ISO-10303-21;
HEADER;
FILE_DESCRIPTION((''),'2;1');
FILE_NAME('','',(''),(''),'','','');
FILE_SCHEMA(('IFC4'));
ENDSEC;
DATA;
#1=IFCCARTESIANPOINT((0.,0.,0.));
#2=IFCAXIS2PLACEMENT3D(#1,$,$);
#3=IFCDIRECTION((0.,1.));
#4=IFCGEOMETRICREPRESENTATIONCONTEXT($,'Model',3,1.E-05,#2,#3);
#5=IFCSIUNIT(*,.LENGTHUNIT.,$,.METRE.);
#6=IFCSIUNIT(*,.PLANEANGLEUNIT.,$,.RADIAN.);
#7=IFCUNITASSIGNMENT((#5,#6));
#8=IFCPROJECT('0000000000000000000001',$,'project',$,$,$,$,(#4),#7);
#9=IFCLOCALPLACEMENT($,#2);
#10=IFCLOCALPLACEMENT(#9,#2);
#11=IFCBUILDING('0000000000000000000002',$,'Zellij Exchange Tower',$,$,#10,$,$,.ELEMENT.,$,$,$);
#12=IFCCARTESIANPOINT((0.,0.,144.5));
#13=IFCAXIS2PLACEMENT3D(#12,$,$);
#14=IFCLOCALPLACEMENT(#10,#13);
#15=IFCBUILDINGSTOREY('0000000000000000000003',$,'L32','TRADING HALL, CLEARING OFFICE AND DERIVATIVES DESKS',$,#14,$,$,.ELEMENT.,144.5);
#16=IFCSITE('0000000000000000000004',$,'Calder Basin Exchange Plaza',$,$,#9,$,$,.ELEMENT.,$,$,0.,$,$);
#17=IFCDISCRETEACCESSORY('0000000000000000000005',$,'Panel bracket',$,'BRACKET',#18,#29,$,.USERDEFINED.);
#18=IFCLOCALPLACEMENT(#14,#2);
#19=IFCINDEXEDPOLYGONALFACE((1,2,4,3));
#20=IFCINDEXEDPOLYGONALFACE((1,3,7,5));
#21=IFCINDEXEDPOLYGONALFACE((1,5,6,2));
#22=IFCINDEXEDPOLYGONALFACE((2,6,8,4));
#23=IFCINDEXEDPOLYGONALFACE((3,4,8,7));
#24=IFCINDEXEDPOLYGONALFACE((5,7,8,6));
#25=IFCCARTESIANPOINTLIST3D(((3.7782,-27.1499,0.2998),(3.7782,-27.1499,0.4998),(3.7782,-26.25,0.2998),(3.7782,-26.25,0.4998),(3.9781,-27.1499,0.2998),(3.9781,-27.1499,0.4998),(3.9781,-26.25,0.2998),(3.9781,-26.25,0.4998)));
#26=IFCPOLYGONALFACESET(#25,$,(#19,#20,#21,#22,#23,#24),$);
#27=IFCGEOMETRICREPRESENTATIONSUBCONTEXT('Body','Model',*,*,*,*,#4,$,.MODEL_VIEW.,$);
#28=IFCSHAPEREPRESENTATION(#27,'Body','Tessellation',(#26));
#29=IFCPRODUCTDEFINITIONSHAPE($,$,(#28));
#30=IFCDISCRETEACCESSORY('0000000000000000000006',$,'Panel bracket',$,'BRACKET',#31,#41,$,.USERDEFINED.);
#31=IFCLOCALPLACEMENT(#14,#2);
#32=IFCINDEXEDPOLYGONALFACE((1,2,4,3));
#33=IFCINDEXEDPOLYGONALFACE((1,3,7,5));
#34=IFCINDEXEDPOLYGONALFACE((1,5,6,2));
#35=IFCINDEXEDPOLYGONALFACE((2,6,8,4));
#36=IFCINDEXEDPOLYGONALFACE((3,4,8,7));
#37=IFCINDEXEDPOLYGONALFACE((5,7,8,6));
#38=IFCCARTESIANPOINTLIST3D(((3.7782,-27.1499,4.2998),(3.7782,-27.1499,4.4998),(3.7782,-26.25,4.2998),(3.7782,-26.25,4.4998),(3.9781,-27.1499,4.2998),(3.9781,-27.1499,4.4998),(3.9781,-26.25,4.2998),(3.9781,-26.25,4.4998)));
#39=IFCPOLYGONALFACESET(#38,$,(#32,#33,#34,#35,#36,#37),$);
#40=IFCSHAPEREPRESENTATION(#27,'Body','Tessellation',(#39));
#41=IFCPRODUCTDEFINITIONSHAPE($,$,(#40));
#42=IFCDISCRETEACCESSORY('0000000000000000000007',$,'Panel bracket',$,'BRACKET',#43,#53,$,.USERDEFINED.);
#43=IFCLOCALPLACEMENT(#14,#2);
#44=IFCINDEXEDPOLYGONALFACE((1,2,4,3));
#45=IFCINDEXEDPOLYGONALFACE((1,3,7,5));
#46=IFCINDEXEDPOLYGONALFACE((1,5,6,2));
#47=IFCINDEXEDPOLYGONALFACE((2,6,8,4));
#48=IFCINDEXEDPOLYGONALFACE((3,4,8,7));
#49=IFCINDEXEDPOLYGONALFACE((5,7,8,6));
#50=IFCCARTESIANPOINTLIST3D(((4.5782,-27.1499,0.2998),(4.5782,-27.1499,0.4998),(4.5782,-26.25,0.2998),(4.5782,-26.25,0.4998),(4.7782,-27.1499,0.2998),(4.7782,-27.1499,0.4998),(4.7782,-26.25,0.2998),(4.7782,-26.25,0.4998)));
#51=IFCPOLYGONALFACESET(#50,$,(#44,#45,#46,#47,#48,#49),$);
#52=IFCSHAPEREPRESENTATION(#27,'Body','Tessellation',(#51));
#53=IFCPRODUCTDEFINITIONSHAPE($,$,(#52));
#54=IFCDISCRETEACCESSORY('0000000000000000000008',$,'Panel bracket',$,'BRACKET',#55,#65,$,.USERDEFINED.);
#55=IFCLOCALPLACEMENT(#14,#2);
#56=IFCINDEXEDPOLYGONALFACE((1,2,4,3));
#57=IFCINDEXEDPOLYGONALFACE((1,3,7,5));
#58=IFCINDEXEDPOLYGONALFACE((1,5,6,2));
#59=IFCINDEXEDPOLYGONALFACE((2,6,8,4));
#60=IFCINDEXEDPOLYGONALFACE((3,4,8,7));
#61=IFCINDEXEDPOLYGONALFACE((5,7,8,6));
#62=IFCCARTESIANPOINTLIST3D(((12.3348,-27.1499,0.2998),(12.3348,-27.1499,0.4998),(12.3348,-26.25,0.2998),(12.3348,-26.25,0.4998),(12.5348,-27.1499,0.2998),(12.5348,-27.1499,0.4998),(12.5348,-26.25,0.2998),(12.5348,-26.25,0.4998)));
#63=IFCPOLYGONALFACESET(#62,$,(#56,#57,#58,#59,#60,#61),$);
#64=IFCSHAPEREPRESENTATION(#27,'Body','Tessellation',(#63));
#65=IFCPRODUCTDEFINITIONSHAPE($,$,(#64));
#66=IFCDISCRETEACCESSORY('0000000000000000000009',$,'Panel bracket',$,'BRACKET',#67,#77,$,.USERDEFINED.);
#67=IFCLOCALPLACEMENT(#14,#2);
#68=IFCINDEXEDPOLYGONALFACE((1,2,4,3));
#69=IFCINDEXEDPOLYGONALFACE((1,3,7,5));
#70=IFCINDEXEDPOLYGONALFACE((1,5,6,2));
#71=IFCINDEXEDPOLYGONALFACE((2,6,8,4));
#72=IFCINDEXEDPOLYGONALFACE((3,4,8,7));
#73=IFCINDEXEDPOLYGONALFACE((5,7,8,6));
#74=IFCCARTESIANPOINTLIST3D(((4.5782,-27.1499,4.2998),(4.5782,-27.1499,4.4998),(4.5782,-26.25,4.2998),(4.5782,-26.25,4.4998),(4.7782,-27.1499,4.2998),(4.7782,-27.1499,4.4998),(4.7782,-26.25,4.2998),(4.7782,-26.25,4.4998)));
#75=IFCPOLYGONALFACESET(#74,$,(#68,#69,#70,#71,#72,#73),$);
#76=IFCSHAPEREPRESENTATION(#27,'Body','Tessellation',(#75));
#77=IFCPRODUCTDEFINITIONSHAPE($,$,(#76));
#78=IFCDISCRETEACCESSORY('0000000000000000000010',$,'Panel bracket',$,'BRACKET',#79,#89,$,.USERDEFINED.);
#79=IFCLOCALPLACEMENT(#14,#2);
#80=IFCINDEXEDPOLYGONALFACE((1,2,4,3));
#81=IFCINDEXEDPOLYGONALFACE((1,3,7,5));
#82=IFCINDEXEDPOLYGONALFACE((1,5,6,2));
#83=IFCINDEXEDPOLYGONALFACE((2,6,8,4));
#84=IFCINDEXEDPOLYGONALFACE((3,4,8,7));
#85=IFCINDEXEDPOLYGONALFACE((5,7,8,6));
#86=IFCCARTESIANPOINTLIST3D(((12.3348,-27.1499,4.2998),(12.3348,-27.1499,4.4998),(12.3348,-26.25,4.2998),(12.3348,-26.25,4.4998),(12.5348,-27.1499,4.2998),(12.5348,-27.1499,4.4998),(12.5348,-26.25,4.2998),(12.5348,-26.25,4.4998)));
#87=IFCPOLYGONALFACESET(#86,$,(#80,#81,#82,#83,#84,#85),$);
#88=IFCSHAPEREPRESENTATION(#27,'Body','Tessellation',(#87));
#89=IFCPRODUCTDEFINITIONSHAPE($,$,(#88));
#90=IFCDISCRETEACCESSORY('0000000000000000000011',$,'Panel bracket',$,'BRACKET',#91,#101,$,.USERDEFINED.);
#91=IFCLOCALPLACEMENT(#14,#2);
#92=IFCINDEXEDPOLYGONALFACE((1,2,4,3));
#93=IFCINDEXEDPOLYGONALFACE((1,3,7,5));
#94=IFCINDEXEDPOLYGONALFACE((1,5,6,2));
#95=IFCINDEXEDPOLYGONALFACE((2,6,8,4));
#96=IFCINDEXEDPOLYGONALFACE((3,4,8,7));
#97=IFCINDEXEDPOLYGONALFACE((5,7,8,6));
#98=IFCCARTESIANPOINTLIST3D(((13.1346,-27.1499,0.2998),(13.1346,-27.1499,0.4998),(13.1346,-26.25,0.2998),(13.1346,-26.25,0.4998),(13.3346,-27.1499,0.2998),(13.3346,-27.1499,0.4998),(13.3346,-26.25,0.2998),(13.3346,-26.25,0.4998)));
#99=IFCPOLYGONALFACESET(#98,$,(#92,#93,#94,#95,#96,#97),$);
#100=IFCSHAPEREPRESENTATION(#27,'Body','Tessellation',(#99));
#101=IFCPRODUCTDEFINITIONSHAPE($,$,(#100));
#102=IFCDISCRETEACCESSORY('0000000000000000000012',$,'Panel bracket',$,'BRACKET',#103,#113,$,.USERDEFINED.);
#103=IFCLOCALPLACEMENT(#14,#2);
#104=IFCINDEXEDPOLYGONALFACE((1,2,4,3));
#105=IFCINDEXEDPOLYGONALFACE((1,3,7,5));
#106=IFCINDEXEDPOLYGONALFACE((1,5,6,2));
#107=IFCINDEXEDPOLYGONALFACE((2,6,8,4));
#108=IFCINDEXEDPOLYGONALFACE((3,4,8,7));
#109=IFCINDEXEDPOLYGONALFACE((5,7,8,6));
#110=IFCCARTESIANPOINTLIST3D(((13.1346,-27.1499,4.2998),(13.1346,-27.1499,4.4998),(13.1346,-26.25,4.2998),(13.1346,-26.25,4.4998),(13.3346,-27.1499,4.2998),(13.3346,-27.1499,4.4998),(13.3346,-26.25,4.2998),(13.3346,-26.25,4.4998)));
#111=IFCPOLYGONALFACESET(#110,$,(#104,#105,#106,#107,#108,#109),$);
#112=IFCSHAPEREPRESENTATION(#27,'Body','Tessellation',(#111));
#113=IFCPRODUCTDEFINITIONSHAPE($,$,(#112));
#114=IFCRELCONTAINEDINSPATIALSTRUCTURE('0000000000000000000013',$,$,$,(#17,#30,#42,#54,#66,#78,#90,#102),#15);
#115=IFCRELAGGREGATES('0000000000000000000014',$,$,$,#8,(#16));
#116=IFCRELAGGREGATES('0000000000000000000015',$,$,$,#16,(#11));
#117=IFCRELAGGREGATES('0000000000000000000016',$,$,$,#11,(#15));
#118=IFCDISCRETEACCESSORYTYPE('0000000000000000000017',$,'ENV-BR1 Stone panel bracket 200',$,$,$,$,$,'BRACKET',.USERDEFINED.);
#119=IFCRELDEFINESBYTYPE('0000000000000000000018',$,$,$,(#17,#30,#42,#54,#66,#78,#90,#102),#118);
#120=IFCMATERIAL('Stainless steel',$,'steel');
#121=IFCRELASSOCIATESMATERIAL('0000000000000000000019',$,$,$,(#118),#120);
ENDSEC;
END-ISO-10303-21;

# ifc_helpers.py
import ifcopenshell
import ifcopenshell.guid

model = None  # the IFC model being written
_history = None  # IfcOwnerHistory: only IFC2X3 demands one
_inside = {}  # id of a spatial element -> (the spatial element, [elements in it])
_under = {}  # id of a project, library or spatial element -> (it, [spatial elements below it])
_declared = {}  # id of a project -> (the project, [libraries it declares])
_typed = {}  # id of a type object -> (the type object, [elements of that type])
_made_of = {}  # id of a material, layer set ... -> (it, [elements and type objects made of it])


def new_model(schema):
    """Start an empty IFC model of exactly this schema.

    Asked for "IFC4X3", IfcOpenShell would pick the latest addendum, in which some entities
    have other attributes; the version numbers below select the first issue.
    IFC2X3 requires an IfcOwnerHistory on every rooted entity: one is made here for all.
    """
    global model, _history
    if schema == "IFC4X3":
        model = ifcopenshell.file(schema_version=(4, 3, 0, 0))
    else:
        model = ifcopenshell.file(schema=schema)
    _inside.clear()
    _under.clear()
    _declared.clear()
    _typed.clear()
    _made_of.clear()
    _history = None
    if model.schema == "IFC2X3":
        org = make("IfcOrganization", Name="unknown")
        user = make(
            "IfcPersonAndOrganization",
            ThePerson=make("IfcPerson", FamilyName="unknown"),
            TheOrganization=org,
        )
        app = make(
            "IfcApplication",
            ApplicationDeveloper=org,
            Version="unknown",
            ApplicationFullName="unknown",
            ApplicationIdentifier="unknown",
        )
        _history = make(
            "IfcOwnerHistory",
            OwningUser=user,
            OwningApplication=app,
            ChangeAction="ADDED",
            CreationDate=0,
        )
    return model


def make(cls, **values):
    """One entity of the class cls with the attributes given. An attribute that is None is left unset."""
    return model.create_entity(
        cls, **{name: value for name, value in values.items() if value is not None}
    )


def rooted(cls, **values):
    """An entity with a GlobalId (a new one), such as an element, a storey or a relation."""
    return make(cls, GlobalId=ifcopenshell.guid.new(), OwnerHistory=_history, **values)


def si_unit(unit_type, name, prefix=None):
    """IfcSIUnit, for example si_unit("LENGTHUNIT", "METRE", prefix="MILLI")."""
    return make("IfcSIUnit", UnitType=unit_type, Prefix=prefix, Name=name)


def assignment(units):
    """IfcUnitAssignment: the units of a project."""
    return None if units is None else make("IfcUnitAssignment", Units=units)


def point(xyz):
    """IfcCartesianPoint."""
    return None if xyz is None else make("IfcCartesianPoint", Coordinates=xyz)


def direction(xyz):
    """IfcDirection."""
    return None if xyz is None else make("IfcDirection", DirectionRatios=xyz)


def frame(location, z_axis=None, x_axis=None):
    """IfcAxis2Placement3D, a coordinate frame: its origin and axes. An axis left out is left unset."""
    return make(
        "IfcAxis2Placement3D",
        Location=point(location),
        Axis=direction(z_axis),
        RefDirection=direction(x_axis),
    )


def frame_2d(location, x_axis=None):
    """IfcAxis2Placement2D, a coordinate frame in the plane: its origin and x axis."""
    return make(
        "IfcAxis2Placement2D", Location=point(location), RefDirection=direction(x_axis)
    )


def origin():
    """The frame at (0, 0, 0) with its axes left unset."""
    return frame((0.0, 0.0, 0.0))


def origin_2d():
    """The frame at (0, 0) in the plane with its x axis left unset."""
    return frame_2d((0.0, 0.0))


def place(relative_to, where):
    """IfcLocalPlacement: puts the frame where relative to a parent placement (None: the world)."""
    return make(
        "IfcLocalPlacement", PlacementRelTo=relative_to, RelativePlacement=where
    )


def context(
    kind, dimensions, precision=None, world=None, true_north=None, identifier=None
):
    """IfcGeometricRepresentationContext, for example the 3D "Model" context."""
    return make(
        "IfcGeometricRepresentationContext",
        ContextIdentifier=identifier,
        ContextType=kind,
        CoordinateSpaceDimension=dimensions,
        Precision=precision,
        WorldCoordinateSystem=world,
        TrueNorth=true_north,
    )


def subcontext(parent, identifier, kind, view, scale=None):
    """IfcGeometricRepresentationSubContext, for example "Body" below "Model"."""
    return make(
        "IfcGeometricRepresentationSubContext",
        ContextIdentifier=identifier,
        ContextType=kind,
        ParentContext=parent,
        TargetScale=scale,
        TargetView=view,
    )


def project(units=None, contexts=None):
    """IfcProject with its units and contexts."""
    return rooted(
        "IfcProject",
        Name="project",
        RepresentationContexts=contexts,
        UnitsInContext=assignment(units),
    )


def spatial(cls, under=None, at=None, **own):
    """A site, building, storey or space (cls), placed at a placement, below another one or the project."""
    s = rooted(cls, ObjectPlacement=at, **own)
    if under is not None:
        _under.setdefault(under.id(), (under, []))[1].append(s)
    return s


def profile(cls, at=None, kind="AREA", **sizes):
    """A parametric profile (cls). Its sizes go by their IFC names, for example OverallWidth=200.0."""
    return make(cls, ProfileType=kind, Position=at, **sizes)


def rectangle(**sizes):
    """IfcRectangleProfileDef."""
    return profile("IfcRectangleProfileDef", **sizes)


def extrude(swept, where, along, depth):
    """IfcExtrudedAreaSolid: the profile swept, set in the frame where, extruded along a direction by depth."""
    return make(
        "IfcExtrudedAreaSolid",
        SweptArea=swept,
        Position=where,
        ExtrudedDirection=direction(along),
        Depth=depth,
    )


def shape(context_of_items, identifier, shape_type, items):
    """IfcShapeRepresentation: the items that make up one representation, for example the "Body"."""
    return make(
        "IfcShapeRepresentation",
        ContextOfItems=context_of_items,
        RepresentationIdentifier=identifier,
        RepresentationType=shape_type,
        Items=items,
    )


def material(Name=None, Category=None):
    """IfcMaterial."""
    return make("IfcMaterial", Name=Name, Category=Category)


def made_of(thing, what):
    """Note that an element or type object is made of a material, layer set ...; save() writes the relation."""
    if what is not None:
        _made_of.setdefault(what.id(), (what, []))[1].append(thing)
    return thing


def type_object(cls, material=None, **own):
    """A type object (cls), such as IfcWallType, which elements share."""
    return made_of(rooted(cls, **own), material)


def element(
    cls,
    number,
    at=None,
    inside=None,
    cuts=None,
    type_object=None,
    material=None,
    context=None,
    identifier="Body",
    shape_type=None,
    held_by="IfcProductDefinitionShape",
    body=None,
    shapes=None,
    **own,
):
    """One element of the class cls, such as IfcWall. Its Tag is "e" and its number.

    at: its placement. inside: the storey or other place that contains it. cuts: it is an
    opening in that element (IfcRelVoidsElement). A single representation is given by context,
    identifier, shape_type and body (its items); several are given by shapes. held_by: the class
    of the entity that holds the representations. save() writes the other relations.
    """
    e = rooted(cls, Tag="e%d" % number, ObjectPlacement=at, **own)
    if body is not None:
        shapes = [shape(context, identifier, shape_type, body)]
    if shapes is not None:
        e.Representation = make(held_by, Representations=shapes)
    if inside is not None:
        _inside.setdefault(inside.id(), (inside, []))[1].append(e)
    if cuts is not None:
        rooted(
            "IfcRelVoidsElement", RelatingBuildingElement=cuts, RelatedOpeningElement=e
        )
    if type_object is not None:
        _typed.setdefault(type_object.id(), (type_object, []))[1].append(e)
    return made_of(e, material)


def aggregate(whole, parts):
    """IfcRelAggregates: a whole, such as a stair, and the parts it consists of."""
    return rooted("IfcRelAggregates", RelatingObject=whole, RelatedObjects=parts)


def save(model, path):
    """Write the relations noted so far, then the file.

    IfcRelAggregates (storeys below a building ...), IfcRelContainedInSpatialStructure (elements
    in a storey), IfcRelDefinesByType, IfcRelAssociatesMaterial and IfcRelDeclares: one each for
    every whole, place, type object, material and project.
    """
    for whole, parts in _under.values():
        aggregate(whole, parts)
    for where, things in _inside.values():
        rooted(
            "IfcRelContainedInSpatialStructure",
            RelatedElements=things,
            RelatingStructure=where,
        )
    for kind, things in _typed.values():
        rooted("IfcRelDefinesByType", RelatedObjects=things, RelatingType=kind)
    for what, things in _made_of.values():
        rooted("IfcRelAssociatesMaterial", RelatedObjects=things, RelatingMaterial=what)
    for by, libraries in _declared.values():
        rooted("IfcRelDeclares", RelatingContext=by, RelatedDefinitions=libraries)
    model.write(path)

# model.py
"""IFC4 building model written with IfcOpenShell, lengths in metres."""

from ifc_helpers import new_model, si_unit, direction, frame, origin, origin_2d, place, context, subcontext, project, spatial, rectangle, extrude, material, type_object, element, save


model = new_model("IFC4")

# Units and contexts
model_context = context("Model", 3, precision=1e-05, world=origin(), true_north=direction((0.0, 1.0)))
body_context = subcontext(model_context, "Body", "Model", "MODEL_VIEW")
ifc_project = project(units=[si_unit("LENGTHUNIT", "METRE"), si_unit("PLANEANGLEUNIT", "RADIAN")], contexts=[model_context])

# Site, building, storey
site_placement = place(None, origin())
site = spatial("IfcSite", under=ifc_project, at=site_placement, Name="Calder Basin Exchange Plaza", CompositionType="ELEMENT", RefElevation=0.0)
building_placement = place(site_placement, origin())
building = spatial("IfcBuilding", under=site, at=building_placement, Name="Zellij Exchange Tower", CompositionType="ELEMENT")
storey_placement = place(building_placement, frame((0.0, 0.0, 144.5)))
storey = spatial("IfcBuildingStorey", under=building, at=storey_placement, Name="L32", Description="TRADING HALL, CLEARING OFFICE AND DERIVATIVES DESKS", CompositionType="ELEMENT", Elevation=144.5)

# Discrete accessories
ifc_material_1 = material(Name="Stainless steel", Category="steel")
discrete_accessory_type = type_object("IfcDiscreteAccessoryType", Name="ENV-BR1 Stone panel bracket 200", ElementType="BRACKET", PredefinedType="USERDEFINED", material=ifc_material_1)
for number, where, z_axis, x_axis, name in (
    (1, (3.8782, -26.7, 0.2998), (0.0, 0.0, 1.0), (1.0, 0.0, 0.0), "Panel bracket"),
    (2, (3.8782, -26.7, 4.2998), (0.0, 0.0, 1.0), (1.0, 0.0, 0.0), "Panel bracket"),
    (3, (4.6782, -26.7, 0.2998), (0.0, 0.0, 1.0), (1.0, 0.0, 0.0), "Panel bracket"),
    (4, (12.4348, -26.7, 0.2998), (0.0, 0.0, 1.0), (1.0, 0.0, 0.0), "Panel bracket"),
    (5, (4.6782, -26.7, 4.2998), (0.0, 0.0, 1.0), (1.0, 0.0, 0.0), "Panel bracket"),
    (6, (12.4348, -26.7, 4.2998), (0.0, 0.0, 1.0), (1.0, 0.0, 0.0), "Panel bracket"),
    (7, (13.2346, -26.7, 0.2998), (0.0, 0.0, 1.0), (1.0, 0.0, 0.0), "Panel bracket"),
    (8, (13.2346, -26.7, 4.2998), (0.0, 0.0, 1.0), (1.0, 0.0, 0.0), "Panel bracket"),
):
    element("IfcDiscreteAccessory", number, at=place(storey_placement, frame(where, z_axis=z_axis, x_axis=x_axis)), inside=storey, type_object=discrete_accessory_type, Name=name, ObjectType="BRACKET", PredefinedType="USERDEFINED", context=body_context, shape_type="SweptSolid", body=[
        extrude(rectangle(XDim=0.2, YDim=0.8999, at=origin_2d()), origin(), (0.0, 0.0, 1.0), 0.2),
    ])

save(model, "model.ifc")
